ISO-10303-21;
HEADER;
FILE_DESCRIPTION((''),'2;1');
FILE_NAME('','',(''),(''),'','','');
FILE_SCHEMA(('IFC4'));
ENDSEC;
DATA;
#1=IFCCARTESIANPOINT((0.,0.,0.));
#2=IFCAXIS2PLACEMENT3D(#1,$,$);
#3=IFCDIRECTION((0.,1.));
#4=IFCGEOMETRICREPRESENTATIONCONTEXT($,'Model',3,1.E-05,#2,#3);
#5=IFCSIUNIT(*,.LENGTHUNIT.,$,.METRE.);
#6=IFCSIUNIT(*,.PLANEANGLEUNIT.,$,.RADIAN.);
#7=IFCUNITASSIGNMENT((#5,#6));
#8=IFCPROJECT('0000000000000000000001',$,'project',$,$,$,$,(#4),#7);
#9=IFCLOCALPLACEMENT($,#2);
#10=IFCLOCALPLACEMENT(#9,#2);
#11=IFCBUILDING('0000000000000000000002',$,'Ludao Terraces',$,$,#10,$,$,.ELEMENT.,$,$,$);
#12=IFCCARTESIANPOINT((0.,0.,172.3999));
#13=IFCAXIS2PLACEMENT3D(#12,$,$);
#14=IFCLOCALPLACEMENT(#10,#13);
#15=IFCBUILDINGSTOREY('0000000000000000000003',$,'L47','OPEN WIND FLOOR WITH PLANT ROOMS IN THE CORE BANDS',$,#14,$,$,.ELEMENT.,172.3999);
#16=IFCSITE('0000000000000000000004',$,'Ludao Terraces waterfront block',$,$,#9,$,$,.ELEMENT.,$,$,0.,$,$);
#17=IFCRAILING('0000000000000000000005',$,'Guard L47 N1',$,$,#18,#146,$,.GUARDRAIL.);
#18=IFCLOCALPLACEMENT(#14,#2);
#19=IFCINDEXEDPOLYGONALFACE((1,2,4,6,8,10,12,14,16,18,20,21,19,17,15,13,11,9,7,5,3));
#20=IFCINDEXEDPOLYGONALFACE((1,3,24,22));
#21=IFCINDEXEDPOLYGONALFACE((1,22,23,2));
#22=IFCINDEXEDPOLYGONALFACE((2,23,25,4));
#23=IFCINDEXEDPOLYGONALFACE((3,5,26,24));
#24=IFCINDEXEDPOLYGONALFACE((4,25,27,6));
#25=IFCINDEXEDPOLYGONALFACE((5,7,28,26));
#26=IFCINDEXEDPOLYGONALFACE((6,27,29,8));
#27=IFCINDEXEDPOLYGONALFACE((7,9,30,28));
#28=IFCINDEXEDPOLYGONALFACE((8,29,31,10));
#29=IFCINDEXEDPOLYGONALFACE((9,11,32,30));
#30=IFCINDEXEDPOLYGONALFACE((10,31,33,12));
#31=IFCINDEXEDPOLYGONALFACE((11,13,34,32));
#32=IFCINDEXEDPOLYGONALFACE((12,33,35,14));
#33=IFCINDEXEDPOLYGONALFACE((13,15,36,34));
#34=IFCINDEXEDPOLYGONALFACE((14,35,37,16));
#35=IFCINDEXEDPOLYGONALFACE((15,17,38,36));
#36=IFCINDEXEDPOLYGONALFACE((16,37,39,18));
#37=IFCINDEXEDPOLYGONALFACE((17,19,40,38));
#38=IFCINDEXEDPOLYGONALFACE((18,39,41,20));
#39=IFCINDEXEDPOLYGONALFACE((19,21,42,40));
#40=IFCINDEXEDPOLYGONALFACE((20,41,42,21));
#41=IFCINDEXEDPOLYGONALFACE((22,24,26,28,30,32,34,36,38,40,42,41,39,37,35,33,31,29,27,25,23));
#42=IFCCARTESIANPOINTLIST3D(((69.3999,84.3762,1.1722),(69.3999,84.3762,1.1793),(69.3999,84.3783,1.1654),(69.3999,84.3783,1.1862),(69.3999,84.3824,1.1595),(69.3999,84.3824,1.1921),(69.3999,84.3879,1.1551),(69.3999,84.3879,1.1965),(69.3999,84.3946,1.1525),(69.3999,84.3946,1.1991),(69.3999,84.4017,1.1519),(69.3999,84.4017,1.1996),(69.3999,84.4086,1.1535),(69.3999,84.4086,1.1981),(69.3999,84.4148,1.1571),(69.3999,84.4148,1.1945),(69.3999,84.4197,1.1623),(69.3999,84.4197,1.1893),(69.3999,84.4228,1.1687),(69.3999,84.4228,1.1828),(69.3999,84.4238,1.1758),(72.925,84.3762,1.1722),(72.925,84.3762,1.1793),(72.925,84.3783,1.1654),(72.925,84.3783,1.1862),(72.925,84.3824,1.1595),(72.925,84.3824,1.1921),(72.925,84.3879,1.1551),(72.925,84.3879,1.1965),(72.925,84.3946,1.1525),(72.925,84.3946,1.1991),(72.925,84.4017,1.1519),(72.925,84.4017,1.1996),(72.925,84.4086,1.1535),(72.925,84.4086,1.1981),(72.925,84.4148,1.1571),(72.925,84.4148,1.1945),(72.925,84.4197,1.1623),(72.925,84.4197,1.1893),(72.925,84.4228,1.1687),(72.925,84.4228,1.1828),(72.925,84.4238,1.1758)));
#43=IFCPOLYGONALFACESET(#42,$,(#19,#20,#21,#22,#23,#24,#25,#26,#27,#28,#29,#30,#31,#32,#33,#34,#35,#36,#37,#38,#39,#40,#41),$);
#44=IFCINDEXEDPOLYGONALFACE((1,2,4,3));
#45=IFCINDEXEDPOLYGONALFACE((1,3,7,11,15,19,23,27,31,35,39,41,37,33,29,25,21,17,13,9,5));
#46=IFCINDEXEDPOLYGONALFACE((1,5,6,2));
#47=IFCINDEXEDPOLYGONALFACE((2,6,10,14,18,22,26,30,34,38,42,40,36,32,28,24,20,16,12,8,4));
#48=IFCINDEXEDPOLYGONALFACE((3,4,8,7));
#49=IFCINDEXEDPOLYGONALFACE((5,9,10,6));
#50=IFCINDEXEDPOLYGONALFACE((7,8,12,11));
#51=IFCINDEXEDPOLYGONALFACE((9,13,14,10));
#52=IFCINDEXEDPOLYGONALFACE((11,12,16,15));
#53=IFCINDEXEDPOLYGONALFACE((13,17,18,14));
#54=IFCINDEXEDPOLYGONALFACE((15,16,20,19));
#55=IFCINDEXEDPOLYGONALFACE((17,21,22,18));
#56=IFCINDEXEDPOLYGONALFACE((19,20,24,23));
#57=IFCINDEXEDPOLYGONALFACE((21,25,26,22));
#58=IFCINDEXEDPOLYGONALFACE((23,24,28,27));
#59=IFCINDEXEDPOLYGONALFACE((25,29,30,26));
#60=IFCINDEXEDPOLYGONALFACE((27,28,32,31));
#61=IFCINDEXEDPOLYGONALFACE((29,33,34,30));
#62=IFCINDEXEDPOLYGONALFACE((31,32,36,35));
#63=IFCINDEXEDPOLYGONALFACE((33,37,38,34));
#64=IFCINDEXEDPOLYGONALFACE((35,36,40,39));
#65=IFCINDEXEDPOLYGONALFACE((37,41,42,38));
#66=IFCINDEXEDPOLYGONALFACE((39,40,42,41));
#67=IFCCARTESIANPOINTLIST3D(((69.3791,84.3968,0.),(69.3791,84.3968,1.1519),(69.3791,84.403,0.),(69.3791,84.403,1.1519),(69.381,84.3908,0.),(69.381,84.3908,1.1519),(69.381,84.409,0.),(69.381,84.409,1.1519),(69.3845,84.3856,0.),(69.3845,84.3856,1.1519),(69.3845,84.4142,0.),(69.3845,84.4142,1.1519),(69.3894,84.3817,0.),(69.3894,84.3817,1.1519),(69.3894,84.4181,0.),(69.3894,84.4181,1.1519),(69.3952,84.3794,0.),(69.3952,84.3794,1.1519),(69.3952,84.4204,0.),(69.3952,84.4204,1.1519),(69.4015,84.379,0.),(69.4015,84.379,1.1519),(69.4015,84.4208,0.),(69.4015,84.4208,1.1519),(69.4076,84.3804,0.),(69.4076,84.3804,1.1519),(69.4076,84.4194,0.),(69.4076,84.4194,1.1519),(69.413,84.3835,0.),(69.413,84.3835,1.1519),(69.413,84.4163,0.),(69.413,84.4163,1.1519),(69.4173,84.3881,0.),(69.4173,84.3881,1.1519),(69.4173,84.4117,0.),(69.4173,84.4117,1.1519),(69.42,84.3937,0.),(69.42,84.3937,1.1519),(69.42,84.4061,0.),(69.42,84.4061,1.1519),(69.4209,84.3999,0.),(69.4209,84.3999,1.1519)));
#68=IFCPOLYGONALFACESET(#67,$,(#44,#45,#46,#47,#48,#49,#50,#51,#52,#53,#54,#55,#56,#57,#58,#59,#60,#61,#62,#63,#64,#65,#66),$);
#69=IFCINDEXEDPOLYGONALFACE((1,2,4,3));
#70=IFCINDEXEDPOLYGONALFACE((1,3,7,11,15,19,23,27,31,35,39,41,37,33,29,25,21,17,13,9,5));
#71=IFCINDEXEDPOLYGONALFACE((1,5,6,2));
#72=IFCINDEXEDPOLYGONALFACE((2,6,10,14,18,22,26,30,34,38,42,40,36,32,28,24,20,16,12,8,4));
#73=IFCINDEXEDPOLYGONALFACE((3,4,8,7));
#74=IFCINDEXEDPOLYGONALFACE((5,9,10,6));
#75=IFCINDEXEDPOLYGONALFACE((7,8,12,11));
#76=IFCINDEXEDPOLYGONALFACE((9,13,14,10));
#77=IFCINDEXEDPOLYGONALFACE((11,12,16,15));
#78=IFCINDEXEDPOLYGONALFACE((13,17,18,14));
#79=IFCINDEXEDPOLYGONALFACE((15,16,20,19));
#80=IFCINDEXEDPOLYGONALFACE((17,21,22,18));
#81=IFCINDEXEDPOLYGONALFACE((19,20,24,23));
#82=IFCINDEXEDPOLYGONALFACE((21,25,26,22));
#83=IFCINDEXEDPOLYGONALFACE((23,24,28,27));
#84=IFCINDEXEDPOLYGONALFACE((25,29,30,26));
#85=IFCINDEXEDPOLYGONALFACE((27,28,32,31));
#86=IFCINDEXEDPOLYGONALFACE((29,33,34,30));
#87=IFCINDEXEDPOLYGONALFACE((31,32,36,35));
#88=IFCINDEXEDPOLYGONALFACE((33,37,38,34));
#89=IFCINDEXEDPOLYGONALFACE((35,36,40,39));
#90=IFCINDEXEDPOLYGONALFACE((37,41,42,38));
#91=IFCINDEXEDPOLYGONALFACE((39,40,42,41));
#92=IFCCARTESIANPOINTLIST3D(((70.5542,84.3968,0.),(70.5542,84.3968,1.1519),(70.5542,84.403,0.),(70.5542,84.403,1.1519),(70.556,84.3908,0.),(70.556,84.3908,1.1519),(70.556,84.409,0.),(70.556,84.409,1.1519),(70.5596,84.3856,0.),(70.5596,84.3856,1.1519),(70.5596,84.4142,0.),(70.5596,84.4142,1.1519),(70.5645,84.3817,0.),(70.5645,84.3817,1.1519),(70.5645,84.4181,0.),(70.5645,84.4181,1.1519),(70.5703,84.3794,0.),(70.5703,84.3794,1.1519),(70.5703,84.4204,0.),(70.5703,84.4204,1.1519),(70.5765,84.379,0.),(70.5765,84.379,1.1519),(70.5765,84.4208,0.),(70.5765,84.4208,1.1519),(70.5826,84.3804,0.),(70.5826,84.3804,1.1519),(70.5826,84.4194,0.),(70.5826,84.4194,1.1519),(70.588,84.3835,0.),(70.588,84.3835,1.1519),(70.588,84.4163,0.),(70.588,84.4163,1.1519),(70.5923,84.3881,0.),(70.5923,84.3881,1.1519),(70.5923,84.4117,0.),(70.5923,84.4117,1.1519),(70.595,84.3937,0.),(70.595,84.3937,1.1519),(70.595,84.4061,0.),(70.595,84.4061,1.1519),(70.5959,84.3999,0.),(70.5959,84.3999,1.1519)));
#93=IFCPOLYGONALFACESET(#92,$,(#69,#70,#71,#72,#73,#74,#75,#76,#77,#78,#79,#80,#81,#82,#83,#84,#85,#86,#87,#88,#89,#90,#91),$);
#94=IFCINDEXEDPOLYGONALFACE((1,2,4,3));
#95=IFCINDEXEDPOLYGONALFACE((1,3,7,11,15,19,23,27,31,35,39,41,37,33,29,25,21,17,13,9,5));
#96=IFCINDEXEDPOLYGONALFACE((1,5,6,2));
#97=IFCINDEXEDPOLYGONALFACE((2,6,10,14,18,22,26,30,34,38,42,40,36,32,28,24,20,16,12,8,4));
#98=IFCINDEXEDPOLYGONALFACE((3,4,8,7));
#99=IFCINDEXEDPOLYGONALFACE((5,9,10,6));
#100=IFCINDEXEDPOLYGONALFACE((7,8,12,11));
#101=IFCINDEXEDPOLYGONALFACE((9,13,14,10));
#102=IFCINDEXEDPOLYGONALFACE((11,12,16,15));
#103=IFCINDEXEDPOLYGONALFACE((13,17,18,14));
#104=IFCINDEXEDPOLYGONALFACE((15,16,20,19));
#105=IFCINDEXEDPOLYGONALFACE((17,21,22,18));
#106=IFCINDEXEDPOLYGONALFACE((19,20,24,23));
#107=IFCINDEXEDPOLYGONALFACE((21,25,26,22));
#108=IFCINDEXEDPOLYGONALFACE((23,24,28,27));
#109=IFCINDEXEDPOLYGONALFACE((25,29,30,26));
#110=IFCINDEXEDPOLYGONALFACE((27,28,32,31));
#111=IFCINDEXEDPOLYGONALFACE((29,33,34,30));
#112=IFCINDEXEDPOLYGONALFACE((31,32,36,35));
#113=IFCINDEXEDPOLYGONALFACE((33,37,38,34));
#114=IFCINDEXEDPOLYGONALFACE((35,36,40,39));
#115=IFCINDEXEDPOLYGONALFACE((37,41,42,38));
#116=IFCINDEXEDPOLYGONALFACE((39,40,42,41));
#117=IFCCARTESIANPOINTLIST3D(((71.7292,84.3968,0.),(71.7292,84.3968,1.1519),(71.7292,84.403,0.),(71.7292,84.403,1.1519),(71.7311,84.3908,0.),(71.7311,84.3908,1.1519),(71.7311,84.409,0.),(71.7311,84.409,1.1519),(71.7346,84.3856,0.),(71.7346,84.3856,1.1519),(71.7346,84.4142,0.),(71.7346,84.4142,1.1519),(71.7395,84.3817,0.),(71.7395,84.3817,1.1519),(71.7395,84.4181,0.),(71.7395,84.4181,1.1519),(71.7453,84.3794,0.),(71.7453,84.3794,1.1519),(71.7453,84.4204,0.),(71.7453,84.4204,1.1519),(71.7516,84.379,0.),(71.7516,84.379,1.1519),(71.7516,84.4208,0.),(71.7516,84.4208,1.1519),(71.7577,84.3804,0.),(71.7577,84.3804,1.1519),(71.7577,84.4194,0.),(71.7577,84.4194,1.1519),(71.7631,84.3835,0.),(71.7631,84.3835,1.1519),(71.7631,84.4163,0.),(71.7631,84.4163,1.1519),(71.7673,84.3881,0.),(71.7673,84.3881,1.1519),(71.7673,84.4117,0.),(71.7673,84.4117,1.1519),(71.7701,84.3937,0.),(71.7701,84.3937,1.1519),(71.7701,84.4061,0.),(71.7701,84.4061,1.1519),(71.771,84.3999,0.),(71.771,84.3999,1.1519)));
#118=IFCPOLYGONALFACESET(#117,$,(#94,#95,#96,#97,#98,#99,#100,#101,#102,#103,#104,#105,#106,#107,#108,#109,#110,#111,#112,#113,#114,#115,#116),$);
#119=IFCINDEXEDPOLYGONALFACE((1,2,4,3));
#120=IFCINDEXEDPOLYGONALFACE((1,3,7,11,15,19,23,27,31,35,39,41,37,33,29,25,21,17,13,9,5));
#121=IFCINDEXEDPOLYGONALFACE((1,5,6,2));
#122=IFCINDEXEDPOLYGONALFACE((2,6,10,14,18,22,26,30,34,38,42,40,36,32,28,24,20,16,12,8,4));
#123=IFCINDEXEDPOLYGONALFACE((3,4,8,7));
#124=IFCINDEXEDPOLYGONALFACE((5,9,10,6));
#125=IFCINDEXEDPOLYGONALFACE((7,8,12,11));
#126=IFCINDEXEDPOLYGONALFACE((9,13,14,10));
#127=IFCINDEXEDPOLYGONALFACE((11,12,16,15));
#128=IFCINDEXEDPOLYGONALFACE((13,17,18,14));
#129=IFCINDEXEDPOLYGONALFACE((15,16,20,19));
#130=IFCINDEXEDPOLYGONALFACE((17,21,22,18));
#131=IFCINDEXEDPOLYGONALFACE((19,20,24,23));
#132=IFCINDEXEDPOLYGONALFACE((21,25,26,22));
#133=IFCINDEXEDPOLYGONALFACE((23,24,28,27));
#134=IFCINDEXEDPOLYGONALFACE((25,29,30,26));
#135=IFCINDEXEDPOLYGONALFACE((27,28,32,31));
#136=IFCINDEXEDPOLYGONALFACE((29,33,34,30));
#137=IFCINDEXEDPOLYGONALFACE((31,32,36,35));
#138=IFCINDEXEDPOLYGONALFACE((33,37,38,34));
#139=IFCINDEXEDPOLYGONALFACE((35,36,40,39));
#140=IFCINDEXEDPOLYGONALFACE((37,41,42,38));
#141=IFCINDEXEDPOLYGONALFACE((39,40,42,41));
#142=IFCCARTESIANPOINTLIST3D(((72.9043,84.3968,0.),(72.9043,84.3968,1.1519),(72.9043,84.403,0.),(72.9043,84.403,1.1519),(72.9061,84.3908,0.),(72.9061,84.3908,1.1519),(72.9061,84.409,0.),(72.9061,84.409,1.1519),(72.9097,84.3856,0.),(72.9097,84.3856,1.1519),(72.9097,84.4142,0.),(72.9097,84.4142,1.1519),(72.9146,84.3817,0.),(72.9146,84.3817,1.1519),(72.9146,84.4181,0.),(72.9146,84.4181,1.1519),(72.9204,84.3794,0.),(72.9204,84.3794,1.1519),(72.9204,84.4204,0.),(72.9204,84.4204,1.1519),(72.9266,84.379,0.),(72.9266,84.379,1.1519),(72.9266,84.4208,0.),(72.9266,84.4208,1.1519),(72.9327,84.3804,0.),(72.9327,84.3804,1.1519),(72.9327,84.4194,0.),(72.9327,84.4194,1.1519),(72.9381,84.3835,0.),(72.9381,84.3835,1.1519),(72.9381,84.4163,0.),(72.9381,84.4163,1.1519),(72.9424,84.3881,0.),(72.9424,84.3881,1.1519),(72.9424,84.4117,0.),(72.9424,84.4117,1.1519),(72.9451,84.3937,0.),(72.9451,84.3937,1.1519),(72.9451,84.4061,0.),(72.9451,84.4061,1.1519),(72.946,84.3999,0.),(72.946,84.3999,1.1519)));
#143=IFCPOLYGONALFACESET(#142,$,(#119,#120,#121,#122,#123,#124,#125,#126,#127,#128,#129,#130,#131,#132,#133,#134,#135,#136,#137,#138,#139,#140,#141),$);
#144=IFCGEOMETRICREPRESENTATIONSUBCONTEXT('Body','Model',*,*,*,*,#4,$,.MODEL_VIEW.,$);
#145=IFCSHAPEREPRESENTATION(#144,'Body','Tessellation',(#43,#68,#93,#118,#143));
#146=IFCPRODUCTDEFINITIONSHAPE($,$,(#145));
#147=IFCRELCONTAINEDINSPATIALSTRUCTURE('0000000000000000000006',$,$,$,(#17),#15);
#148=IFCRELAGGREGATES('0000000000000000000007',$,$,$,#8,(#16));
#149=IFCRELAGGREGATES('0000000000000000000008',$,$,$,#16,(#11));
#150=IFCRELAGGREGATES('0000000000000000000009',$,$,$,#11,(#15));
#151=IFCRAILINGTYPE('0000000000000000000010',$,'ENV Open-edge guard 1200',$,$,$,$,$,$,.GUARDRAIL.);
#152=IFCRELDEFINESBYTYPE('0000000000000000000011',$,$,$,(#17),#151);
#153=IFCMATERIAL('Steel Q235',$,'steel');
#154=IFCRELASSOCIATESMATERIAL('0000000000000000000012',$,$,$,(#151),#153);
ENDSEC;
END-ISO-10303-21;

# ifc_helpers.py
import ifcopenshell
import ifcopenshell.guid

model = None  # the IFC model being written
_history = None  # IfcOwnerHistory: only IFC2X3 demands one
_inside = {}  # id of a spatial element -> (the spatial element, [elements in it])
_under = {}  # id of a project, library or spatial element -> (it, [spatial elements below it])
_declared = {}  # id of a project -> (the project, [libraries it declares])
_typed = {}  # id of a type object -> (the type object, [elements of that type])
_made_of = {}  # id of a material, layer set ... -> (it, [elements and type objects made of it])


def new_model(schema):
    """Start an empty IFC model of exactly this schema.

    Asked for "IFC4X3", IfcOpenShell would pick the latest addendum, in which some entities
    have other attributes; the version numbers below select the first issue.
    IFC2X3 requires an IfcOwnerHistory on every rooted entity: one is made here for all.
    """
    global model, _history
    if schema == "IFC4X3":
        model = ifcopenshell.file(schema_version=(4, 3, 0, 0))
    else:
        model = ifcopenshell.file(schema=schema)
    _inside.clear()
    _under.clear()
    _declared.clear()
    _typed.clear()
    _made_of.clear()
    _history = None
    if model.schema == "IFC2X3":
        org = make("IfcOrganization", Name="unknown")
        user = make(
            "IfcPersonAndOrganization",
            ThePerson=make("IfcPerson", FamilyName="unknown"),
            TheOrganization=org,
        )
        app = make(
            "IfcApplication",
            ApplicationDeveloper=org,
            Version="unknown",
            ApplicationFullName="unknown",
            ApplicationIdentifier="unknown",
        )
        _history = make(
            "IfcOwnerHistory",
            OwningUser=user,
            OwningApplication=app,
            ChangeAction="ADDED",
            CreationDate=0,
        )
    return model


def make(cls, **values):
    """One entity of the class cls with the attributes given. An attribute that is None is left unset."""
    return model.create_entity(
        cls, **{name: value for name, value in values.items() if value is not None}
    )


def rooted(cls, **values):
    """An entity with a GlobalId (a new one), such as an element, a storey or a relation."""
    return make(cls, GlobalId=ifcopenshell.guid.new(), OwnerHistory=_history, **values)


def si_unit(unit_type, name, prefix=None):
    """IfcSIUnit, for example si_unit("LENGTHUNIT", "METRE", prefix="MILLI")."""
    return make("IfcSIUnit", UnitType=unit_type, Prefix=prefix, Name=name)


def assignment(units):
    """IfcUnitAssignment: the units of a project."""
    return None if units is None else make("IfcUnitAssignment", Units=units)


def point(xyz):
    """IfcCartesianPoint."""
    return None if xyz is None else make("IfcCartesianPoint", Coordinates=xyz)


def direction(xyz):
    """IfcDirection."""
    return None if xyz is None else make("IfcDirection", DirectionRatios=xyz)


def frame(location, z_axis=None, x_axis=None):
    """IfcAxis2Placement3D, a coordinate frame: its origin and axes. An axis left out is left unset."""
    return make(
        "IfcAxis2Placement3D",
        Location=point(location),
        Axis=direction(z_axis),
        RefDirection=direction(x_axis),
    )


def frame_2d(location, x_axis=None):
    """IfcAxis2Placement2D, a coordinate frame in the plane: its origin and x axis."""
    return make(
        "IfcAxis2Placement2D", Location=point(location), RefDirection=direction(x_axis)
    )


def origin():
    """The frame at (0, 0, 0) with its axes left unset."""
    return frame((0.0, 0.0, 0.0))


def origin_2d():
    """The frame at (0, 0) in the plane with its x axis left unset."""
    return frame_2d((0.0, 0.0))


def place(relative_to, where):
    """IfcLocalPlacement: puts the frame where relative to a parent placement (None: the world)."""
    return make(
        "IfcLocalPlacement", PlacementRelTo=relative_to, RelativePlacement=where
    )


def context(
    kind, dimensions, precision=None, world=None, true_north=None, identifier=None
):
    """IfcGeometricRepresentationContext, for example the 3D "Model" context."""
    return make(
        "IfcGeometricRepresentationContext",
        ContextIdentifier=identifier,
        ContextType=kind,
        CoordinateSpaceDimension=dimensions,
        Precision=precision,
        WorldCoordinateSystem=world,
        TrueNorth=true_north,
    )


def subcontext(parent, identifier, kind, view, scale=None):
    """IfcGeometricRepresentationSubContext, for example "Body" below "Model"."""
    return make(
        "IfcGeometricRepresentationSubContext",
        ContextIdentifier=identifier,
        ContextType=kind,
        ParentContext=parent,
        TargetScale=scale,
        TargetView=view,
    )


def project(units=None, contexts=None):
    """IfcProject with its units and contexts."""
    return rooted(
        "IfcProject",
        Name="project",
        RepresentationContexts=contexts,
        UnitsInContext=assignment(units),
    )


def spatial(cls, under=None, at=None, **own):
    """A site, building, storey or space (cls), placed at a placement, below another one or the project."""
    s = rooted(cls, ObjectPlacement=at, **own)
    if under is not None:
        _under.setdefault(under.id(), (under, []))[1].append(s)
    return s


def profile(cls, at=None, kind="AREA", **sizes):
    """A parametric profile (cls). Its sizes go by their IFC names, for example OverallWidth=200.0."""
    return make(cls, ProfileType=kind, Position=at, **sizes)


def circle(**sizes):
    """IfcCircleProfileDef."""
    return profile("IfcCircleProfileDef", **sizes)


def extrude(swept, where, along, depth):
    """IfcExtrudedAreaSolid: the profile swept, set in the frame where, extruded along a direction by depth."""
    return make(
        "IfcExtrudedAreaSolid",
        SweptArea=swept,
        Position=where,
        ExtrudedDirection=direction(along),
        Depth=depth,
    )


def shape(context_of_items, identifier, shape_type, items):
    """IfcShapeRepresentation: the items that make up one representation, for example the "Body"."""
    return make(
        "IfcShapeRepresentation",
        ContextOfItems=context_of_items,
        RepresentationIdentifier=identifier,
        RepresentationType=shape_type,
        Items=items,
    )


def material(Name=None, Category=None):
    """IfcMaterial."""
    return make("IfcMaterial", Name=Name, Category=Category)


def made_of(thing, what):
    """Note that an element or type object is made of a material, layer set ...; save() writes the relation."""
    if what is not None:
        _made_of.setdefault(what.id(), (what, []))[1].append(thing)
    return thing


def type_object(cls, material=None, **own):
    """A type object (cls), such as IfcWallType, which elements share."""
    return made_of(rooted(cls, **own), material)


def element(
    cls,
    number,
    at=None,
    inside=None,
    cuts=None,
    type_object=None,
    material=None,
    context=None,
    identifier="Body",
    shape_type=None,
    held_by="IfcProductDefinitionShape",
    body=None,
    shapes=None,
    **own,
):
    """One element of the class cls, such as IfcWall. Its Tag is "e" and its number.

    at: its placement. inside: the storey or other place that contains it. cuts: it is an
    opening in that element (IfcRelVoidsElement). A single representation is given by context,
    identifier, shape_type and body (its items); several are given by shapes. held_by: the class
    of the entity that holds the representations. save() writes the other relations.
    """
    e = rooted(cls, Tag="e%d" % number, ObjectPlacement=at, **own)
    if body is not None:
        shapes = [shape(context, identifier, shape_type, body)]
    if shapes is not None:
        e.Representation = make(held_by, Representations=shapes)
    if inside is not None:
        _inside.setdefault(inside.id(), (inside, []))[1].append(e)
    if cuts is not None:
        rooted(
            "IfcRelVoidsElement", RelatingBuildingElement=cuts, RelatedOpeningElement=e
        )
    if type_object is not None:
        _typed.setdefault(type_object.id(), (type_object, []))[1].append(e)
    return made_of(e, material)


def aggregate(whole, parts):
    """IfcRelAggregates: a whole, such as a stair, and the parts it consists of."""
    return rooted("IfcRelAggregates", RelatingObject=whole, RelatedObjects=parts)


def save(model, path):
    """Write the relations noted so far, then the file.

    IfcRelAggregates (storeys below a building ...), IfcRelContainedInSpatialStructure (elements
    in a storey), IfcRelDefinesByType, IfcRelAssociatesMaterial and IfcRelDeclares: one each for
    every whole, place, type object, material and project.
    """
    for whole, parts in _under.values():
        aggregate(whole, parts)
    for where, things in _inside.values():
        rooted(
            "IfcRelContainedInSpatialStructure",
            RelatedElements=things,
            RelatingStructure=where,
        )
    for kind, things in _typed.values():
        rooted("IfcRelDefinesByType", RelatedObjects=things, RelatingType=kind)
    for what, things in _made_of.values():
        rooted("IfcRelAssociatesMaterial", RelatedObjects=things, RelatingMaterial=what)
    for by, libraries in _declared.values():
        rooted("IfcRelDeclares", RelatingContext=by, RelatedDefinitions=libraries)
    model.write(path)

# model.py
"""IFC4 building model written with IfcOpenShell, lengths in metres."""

from ifc_helpers import new_model, si_unit, direction, frame, origin, origin_2d, place, context, subcontext, project, spatial, circle, extrude, material, type_object, element, save


model = new_model("IFC4")

# Units and contexts
model_context = context("Model", 3, precision=1e-05, world=origin(), true_north=direction((0.0, 1.0)))
body_context = subcontext(model_context, "Body", "Model", "MODEL_VIEW")
ifc_project = project(units=[si_unit("LENGTHUNIT", "METRE"), si_unit("PLANEANGLEUNIT", "RADIAN")], contexts=[model_context])

# Site, building, storey
site_placement = place(None, origin())
site = spatial("IfcSite", under=ifc_project, at=site_placement, Name="Ludao Terraces waterfront block", CompositionType="ELEMENT", RefElevation=0.0)
building_placement = place(site_placement, origin())
building = spatial("IfcBuilding", under=site, at=building_placement, Name="Ludao Terraces", CompositionType="ELEMENT")
storey_placement = place(building_placement, frame((0.0, 0.0, 172.3999)))
storey = spatial("IfcBuildingStorey", under=building, at=storey_placement, Name="L47", Description="OPEN WIND FLOOR WITH PLANT ROOMS IN THE CORE BANDS", CompositionType="ELEMENT", Elevation=172.3999)

# Shared definitions
ifc_material_1 = material(Name="Steel Q235", Category="steel")

# Railing
railing_type_1 = type_object("IfcRailingType", Name="ENV Open-edge guard 1200", PredefinedType="GUARDRAIL", material=ifc_material_1)
railing_1_placement = place(storey_placement, frame((69.3999, 84.3999, 0.0)))
element("IfcRailing", 1, at=railing_1_placement, inside=storey, type_object=railing_type_1, Name="Guard L47 N1", PredefinedType="GUARDRAIL", context=body_context, shape_type="SweptSolid", body=[
    extrude(circle(Radius=0.0239, at=origin_2d()), frame((0.0, 0.0, 1.1758), z_axis=(1.0, 0.0, 0.0), x_axis=(0.0, 1.0, 0.0)), (0.0, 0.0, 1.0), 3.5251),
    extrude(circle(Radius=0.021, at=origin_2d()), origin(), (0.0, 0.0, 1.0), 1.1519),
    extrude(circle(Radius=0.021, at=origin_2d()), frame((1.175, 0.0, 0.0)), (0.0, 0.0, 1.0), 1.1519),
    extrude(circle(Radius=0.021, at=origin_2d()), frame((2.3501, 0.0, 0.0)), (0.0, 0.0, 1.0), 1.1519),
    extrude(circle(Radius=0.021, at=origin_2d()), frame((3.5251, 0.0, 0.0)), (0.0, 0.0, 1.0), 1.1519),
])

save(model, "model.ifc")
